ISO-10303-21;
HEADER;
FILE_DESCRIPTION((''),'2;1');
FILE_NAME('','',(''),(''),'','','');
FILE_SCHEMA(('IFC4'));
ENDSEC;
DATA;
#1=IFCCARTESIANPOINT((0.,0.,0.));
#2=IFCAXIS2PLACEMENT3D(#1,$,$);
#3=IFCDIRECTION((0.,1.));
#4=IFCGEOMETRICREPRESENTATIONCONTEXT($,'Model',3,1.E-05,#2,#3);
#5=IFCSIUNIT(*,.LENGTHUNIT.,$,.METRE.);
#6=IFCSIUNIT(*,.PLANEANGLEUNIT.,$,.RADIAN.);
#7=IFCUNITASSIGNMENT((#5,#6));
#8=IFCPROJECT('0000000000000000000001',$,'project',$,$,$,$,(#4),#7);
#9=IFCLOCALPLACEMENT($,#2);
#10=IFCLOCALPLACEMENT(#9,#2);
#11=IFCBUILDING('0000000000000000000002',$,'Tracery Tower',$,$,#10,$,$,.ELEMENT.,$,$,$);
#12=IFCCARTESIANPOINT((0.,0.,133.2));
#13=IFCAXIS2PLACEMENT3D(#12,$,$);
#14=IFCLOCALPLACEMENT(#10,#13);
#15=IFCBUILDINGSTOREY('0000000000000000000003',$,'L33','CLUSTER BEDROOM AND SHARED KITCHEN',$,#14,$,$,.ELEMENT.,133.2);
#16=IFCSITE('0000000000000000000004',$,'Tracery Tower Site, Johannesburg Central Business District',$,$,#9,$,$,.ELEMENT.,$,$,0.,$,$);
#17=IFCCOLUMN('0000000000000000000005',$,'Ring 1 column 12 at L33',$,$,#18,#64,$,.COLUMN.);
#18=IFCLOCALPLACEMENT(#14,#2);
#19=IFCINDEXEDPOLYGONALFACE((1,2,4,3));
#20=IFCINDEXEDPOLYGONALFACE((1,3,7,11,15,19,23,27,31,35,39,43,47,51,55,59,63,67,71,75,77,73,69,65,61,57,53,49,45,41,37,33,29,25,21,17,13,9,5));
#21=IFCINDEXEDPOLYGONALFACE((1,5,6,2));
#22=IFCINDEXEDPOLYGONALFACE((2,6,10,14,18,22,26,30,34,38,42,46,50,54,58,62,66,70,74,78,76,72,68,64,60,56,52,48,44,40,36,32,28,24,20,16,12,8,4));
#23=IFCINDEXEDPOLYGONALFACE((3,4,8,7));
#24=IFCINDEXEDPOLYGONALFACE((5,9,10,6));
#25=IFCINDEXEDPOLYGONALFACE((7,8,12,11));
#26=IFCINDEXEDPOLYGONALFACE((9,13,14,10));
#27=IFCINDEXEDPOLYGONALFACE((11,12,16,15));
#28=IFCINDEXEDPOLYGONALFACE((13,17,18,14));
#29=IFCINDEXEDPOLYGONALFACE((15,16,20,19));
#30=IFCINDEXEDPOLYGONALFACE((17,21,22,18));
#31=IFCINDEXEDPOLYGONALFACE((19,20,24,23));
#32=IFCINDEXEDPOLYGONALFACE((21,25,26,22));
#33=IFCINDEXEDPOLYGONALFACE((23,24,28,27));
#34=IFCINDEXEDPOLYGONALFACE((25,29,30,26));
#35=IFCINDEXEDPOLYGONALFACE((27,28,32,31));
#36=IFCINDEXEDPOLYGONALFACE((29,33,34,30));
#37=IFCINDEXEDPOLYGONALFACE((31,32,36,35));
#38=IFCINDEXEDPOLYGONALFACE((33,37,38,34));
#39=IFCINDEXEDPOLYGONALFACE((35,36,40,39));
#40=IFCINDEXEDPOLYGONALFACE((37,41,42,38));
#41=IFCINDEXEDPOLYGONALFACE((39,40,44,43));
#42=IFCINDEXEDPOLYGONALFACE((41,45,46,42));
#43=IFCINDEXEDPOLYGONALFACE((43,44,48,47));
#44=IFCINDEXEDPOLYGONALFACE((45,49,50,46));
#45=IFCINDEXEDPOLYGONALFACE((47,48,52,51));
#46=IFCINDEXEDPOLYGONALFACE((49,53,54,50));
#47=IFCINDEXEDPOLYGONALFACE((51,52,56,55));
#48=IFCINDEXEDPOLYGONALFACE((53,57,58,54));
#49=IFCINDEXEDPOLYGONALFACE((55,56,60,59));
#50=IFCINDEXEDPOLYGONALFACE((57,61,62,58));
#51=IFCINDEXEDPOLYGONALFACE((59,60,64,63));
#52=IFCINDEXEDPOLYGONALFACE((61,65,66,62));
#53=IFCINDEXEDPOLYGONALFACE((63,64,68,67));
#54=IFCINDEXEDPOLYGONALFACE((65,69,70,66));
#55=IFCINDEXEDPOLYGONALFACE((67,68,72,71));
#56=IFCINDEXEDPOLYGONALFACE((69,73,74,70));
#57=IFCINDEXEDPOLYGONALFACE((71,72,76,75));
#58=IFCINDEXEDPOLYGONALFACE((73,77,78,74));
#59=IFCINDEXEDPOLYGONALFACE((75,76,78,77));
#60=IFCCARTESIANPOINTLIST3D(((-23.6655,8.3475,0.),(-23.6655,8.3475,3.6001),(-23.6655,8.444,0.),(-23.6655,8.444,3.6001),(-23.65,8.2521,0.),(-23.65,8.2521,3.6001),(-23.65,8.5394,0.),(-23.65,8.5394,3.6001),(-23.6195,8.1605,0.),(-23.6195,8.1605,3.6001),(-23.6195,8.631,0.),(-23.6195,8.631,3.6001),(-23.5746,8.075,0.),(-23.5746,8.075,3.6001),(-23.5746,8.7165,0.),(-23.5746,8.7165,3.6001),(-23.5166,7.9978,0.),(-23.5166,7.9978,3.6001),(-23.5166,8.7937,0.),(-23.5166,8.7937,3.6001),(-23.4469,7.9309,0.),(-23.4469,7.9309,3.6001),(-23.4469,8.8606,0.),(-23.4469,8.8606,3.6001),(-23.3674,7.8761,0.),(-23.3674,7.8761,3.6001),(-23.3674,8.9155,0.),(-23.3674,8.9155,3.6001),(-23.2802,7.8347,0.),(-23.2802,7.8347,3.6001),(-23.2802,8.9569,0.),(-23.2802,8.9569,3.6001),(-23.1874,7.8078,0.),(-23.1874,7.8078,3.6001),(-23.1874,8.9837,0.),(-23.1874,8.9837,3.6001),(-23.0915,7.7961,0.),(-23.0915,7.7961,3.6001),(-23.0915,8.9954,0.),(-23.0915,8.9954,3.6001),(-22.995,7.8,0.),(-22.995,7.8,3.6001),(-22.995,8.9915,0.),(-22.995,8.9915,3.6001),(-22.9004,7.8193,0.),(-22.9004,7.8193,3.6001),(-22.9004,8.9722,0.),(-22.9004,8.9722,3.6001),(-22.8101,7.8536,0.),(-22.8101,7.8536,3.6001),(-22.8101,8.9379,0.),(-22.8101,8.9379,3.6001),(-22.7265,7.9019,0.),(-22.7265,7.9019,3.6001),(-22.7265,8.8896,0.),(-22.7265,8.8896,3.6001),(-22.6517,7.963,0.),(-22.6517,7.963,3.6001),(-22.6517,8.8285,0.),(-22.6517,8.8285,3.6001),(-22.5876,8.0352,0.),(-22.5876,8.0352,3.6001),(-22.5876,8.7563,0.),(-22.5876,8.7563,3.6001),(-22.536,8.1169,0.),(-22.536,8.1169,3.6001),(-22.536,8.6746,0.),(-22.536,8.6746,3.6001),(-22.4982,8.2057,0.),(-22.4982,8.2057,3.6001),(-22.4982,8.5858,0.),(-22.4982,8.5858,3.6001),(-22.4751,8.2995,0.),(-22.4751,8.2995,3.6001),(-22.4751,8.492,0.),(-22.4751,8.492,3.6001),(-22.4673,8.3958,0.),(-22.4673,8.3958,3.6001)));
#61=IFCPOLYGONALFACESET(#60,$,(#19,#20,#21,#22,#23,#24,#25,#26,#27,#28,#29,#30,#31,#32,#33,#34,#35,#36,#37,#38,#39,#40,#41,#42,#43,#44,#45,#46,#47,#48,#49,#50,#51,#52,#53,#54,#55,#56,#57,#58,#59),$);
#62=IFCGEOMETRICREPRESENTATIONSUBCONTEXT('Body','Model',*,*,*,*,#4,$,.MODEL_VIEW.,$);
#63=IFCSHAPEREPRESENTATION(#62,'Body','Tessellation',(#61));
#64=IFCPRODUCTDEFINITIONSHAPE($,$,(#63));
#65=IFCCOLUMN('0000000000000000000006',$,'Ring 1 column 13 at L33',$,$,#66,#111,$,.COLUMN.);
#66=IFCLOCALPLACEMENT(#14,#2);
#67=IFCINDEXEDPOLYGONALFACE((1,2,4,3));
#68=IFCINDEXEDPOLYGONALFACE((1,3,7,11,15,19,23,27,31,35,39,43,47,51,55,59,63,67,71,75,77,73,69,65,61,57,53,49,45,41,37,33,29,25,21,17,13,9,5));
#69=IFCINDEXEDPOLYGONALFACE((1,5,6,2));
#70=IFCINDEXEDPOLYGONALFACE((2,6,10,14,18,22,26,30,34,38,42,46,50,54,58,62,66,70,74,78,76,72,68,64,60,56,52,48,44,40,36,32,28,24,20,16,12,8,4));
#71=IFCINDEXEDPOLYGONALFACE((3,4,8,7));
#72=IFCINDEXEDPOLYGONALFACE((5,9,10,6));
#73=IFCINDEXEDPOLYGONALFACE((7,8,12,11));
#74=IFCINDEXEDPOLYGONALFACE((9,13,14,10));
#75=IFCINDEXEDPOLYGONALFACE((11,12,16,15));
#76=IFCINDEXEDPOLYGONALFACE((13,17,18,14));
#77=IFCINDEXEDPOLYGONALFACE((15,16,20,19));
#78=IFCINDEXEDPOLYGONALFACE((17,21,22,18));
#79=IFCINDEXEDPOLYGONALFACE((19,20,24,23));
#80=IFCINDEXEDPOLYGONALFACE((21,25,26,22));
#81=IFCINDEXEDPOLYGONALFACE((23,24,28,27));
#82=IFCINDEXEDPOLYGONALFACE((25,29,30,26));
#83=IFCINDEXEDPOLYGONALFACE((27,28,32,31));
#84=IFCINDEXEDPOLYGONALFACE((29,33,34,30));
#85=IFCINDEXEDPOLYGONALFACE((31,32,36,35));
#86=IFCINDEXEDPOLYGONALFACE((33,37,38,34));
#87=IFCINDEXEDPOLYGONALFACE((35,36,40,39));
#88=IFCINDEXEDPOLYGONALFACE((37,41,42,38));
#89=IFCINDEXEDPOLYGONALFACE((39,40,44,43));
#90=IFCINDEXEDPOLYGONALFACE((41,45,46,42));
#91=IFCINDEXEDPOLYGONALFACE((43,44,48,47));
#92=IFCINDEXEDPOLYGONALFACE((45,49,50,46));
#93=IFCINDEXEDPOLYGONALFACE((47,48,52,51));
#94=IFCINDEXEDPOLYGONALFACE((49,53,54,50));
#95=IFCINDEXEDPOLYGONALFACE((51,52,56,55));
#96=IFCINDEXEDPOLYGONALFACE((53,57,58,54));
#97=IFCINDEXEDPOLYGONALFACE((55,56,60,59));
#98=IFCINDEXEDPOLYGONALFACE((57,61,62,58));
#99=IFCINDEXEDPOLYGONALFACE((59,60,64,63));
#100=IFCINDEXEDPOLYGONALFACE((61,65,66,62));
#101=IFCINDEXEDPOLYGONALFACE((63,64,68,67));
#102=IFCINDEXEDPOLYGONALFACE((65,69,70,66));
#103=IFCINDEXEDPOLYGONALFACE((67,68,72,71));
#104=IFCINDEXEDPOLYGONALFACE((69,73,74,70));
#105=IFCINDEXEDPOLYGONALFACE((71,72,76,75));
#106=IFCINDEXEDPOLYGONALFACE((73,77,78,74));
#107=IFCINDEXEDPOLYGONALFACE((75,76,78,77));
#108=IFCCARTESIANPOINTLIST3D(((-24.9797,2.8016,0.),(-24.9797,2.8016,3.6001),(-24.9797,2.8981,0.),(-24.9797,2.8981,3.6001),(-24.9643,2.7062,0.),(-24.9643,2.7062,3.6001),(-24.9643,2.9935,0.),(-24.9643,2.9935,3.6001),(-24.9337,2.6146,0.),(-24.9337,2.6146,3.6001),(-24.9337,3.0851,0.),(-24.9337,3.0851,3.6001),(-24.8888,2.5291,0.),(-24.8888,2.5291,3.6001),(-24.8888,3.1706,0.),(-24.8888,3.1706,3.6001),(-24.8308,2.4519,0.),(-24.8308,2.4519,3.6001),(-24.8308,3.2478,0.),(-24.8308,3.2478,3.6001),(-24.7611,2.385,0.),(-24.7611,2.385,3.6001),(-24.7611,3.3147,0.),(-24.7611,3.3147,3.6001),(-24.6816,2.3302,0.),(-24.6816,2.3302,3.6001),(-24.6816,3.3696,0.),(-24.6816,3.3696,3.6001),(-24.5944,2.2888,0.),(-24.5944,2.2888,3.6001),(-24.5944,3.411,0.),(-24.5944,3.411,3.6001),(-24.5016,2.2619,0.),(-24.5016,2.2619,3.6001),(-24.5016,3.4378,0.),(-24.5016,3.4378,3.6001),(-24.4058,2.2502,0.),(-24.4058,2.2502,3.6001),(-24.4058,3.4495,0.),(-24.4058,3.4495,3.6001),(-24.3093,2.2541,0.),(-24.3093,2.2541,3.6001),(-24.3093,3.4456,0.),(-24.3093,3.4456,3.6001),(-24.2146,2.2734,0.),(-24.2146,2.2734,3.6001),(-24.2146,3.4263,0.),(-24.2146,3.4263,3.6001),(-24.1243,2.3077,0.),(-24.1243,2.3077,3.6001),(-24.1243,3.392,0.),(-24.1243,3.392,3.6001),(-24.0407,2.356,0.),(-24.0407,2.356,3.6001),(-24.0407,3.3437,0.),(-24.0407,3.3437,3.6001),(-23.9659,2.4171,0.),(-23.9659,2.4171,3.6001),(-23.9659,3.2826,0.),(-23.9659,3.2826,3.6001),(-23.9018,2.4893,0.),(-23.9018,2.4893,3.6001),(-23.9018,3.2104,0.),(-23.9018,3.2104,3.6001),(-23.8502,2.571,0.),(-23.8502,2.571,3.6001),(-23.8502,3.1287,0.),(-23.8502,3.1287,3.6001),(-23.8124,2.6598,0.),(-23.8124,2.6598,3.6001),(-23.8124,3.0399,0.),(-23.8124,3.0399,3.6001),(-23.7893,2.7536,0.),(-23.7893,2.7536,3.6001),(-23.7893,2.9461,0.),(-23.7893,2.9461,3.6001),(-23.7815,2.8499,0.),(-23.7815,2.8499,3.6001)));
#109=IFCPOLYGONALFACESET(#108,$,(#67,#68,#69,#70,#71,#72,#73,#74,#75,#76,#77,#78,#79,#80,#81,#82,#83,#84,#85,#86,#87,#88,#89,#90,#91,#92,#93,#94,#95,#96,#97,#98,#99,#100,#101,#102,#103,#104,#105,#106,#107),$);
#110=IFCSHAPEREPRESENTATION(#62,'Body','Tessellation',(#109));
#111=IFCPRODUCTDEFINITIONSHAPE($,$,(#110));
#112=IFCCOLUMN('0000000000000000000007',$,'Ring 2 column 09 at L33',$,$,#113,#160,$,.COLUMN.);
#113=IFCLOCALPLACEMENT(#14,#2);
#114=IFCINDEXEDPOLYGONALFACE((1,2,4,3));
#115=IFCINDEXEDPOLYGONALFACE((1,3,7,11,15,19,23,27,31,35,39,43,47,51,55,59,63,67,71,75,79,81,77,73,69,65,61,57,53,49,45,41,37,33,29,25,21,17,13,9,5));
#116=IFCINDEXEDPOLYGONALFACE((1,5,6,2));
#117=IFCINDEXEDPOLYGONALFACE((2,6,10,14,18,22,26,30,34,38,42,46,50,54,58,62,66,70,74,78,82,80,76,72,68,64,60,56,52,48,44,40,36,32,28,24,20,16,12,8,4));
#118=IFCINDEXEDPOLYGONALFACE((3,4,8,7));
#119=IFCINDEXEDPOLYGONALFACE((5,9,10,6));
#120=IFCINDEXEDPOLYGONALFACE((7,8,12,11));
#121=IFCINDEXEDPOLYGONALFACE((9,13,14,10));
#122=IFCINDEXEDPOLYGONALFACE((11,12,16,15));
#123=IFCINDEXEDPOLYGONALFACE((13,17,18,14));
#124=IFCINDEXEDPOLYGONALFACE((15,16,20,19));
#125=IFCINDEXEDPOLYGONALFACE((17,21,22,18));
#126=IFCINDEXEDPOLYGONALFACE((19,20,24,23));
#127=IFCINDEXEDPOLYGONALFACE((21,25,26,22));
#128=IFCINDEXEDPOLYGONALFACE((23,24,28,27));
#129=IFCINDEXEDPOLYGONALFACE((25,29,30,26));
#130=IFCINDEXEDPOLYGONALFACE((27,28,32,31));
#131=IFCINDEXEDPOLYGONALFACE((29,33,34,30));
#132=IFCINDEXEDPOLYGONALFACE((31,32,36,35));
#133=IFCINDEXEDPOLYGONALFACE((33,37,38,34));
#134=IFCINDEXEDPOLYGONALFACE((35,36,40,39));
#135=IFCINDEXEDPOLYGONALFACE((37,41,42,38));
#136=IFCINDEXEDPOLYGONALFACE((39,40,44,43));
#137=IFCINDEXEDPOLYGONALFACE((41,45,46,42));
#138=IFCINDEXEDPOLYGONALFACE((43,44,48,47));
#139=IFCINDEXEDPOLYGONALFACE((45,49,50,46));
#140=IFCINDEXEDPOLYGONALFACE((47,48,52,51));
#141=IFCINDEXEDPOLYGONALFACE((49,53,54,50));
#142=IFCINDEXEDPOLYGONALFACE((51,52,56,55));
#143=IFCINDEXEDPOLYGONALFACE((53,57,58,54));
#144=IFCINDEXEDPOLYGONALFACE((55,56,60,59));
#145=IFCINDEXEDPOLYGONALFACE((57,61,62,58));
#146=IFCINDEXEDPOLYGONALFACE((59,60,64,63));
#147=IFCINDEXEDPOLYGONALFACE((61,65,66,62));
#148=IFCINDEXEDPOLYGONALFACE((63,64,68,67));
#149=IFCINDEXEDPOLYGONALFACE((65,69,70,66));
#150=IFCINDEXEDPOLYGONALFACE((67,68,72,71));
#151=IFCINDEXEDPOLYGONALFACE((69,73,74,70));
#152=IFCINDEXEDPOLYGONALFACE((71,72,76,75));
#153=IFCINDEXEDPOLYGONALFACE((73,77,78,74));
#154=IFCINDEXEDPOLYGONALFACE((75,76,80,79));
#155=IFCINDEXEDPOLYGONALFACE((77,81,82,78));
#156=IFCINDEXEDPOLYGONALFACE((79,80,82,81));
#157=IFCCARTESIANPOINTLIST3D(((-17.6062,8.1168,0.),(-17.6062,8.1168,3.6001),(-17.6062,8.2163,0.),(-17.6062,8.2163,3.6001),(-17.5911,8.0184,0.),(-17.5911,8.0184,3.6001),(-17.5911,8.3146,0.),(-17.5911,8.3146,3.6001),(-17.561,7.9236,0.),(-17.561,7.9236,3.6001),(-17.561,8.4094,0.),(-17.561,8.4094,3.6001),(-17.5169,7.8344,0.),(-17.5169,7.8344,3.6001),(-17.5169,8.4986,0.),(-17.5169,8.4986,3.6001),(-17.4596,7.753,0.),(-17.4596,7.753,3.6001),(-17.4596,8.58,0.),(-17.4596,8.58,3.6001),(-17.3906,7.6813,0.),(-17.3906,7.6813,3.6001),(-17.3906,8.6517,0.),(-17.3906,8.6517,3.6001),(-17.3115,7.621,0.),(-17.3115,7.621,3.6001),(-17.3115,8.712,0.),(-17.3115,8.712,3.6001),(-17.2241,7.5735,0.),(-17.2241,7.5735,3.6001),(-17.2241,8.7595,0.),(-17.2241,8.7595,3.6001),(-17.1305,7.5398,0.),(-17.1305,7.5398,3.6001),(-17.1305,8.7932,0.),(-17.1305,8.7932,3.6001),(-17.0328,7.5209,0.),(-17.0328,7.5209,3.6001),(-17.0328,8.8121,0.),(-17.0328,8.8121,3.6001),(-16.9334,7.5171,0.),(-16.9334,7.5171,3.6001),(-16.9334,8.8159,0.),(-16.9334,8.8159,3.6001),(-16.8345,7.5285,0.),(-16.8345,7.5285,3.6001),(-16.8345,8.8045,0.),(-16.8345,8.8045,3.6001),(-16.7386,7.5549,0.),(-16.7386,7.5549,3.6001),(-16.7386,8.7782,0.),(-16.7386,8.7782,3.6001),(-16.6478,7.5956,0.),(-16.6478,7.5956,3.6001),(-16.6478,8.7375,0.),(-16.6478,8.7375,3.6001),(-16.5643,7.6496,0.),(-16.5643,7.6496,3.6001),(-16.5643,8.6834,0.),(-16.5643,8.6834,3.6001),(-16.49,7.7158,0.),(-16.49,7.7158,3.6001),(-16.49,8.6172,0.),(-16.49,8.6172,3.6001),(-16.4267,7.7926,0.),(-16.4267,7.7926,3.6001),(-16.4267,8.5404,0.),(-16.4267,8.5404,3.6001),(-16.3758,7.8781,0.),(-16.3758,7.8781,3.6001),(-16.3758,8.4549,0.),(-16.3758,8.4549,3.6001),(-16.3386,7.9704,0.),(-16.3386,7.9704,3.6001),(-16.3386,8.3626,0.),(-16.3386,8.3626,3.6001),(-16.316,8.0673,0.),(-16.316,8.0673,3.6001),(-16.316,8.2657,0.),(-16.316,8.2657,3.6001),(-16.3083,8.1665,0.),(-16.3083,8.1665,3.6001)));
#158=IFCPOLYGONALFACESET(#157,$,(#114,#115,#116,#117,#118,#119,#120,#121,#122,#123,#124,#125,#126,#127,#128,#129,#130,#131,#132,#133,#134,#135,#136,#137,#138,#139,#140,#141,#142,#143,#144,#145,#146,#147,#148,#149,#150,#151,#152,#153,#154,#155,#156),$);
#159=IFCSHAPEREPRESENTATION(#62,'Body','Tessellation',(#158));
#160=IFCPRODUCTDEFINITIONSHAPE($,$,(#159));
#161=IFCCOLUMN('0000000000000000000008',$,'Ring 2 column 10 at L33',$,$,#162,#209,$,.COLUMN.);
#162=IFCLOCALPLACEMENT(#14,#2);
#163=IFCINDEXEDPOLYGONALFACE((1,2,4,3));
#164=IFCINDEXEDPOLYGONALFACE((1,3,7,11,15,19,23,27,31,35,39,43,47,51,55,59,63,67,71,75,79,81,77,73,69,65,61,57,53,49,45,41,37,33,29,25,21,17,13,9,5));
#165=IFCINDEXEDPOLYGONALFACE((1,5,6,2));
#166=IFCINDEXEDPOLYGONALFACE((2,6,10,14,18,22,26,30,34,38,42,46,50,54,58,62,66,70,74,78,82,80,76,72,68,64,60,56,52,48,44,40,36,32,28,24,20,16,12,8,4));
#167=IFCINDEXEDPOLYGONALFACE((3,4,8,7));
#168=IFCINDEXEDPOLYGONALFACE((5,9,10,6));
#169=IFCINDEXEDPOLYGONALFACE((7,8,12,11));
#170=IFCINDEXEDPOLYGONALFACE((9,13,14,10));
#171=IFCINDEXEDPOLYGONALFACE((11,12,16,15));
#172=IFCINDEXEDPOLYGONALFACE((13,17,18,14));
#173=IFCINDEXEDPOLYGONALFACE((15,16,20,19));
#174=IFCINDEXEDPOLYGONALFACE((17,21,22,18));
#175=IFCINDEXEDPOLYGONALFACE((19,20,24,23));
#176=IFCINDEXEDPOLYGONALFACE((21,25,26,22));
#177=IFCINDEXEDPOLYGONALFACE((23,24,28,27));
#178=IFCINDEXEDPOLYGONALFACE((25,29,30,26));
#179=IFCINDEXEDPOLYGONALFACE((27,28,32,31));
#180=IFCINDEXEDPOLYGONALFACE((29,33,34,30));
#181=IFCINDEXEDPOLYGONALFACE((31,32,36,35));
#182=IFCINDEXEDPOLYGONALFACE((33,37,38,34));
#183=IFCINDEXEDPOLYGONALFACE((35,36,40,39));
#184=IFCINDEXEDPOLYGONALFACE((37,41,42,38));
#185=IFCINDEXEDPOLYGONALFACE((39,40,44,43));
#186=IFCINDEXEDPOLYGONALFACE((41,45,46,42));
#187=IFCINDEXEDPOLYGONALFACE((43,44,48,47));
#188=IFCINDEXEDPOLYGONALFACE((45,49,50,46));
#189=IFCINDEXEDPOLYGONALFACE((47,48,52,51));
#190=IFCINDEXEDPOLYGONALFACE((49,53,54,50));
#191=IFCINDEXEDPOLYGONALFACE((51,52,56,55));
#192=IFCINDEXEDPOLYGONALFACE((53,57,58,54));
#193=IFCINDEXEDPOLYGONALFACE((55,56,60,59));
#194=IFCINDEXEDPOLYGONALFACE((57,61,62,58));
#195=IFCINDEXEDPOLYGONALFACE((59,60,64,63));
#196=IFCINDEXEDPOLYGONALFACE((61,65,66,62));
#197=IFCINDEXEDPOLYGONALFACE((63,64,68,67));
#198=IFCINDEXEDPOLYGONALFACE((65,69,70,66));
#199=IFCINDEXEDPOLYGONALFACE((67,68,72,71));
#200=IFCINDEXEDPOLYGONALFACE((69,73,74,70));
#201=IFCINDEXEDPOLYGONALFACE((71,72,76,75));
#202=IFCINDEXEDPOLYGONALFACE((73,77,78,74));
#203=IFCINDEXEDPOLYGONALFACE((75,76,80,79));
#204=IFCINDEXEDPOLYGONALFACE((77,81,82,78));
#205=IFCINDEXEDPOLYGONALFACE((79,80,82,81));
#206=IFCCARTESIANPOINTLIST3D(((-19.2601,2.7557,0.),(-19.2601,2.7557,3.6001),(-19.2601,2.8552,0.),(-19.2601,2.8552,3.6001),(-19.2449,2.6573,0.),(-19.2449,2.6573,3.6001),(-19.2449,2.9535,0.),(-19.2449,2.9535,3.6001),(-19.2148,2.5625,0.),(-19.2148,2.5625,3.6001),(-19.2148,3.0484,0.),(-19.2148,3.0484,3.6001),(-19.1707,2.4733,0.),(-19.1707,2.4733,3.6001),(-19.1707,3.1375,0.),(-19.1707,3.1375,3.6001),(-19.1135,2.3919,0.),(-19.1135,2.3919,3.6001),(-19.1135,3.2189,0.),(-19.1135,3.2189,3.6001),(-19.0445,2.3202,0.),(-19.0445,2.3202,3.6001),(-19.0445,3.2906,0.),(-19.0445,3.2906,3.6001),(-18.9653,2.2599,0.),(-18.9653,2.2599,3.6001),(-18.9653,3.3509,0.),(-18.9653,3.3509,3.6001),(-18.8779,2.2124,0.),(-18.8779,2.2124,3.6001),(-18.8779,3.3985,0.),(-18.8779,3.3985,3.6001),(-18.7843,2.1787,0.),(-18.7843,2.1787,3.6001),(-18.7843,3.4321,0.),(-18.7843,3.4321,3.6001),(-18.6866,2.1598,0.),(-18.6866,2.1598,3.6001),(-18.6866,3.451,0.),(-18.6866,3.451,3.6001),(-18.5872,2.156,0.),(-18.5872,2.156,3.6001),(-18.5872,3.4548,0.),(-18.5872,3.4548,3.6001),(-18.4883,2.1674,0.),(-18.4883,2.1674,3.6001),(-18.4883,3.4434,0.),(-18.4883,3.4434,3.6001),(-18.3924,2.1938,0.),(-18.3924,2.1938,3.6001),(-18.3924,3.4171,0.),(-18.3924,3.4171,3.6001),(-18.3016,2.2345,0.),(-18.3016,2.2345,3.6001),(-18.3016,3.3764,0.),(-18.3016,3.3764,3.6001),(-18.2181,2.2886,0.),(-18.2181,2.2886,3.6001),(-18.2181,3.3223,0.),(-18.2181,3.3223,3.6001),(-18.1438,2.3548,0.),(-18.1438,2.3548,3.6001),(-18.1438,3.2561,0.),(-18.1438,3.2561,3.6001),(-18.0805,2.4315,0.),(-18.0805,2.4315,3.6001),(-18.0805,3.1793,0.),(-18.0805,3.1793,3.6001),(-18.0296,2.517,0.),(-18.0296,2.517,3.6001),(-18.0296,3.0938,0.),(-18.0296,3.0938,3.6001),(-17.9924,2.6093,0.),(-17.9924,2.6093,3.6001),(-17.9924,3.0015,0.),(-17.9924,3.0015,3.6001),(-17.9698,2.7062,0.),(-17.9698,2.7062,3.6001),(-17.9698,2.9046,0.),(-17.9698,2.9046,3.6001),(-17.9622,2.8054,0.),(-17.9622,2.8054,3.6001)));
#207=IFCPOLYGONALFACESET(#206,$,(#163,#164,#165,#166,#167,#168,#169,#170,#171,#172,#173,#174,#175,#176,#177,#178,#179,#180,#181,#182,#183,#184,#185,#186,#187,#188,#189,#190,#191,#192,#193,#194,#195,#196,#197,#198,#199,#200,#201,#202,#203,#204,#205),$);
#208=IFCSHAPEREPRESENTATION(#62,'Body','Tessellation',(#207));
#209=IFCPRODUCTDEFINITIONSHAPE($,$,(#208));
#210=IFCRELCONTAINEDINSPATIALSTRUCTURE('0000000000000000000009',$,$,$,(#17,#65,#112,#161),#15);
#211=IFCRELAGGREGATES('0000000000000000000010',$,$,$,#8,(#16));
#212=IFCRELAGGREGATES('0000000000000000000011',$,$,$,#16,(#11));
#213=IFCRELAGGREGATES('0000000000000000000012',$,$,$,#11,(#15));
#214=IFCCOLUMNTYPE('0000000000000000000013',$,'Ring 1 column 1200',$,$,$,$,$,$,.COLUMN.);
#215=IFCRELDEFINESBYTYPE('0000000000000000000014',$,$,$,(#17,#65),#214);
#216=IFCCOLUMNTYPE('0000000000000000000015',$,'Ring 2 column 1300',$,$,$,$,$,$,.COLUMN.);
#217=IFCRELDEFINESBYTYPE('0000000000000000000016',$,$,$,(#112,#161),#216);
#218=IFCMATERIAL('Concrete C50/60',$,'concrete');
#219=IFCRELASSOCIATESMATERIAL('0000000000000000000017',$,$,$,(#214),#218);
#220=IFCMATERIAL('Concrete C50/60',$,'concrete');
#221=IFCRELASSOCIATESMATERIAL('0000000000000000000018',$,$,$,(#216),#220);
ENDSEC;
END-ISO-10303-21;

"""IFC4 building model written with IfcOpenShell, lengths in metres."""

from ifc_helpers import new_model, si_unit, direction, frame, origin, origin_2d, place, context, subcontext, project, spatial, circle, extrude, material, material_profile, profile_set, type_object, element, save


model = new_model("IFC4")

# Units and contexts
model_context = context("Model", 3, precision=1e-05, world=origin(), true_north=direction((0.0, 1.0)))
body_context = subcontext(model_context, "Body", "Model", "MODEL_VIEW")
ifc_project = project(units=[si_unit("LENGTHUNIT", "METRE"), si_unit("PLANEANGLEUNIT", "RADIAN")], contexts=[model_context])

# Site, building, storey
site_placement = place(None, origin())
site = spatial("IfcSite", under=ifc_project, at=site_placement, Name="Tracery Tower Site, Johannesburg Central Business District", CompositionType="ELEMENT", RefElevation=0.0)
building_placement = place(site_placement, origin())
building = spatial("IfcBuilding", under=site, at=building_placement, Name="Tracery Tower", CompositionType="ELEMENT")
storey_placement = place(building_placement, frame((0.0, 0.0, 133.2)))
storey = spatial("IfcBuildingStorey", under=building, at=storey_placement, Name="L33", Description="CLUSTER BEDROOM AND SHARED KITCHEN", CompositionType="ELEMENT", Elevation=133.2)

# Columns
ifc_material_1 = material(Name="Concrete C50/60", Category="concrete")
ifc_material_profile_1 = material_profile(ifc_material_1, circle(Radius=0.6001, at=origin_2d()), Name="RC D1200")
ifc_profile_set_1 = profile_set([ifc_material_profile_1], Name="Concrete C50/60")
column_type_1 = type_object("IfcColumnType", Name="Ring 1 column 1200", PredefinedType="COLUMN", material=ifc_profile_set_1)
for number, where, z_axis, x_axis, name in (
    (1, (-23.0674, 8.3958, 0.0), (0.0, 0.0, 1.0), (1.0, 0.0, 0.0), "Ring 1 column 12 at L33"),
    (2, (-24.3816, 2.8499, 0.0), (0.0, 0.0, 1.0), (1.0, 0.0, 0.0), "Ring 1 column 13 at L33"),
):
    element("IfcColumn", number, at=place(storey_placement, frame(where, z_axis=z_axis, x_axis=x_axis)), inside=storey, type_object=column_type_1, Name=name, PredefinedType="COLUMN", context=body_context, shape_type="SweptSolid", body=[
        extrude(circle(Radius=0.6001, at=origin_2d()), origin(), (0.0, 0.0, 1.0), 3.6001),
    ])
ifc_material_2 = material(Name="Concrete C50/60", Category="concrete")
ifc_material_profile_2 = material_profile(ifc_material_2, circle(Radius=0.6499, at=origin_2d()), Name="RC D1300")
ifc_profile_set_2 = profile_set([ifc_material_profile_2], Name="Concrete C50/60")
column_type_2 = type_object("IfcColumnType", Name="Ring 2 column 1300", PredefinedType="COLUMN", material=ifc_profile_set_2)
for number, where, z_axis, x_axis, name in (
    (3, (-16.9583, 8.1665, 0.0), (0.0, 0.0, 1.0), (1.0, 0.0, 0.0), "Ring 2 column 09 at L33"),
    (4, (-18.6121, 2.8054, 0.0), (0.0, 0.0, 1.0), (1.0, 0.0, 0.0), "Ring 2 column 10 at L33"),
):
    element("IfcColumn", number, at=place(storey_placement, frame(where, z_axis=z_axis, x_axis=x_axis)), inside=storey, type_object=column_type_2, Name=name, PredefinedType="COLUMN", context=body_context, shape_type="SweptSolid", body=[
        extrude(circle(Radius=0.6499, at=origin_2d()), origin(), (0.0, 0.0, 1.0), 3.6001),
    ])

save(model, "model.ifc")
